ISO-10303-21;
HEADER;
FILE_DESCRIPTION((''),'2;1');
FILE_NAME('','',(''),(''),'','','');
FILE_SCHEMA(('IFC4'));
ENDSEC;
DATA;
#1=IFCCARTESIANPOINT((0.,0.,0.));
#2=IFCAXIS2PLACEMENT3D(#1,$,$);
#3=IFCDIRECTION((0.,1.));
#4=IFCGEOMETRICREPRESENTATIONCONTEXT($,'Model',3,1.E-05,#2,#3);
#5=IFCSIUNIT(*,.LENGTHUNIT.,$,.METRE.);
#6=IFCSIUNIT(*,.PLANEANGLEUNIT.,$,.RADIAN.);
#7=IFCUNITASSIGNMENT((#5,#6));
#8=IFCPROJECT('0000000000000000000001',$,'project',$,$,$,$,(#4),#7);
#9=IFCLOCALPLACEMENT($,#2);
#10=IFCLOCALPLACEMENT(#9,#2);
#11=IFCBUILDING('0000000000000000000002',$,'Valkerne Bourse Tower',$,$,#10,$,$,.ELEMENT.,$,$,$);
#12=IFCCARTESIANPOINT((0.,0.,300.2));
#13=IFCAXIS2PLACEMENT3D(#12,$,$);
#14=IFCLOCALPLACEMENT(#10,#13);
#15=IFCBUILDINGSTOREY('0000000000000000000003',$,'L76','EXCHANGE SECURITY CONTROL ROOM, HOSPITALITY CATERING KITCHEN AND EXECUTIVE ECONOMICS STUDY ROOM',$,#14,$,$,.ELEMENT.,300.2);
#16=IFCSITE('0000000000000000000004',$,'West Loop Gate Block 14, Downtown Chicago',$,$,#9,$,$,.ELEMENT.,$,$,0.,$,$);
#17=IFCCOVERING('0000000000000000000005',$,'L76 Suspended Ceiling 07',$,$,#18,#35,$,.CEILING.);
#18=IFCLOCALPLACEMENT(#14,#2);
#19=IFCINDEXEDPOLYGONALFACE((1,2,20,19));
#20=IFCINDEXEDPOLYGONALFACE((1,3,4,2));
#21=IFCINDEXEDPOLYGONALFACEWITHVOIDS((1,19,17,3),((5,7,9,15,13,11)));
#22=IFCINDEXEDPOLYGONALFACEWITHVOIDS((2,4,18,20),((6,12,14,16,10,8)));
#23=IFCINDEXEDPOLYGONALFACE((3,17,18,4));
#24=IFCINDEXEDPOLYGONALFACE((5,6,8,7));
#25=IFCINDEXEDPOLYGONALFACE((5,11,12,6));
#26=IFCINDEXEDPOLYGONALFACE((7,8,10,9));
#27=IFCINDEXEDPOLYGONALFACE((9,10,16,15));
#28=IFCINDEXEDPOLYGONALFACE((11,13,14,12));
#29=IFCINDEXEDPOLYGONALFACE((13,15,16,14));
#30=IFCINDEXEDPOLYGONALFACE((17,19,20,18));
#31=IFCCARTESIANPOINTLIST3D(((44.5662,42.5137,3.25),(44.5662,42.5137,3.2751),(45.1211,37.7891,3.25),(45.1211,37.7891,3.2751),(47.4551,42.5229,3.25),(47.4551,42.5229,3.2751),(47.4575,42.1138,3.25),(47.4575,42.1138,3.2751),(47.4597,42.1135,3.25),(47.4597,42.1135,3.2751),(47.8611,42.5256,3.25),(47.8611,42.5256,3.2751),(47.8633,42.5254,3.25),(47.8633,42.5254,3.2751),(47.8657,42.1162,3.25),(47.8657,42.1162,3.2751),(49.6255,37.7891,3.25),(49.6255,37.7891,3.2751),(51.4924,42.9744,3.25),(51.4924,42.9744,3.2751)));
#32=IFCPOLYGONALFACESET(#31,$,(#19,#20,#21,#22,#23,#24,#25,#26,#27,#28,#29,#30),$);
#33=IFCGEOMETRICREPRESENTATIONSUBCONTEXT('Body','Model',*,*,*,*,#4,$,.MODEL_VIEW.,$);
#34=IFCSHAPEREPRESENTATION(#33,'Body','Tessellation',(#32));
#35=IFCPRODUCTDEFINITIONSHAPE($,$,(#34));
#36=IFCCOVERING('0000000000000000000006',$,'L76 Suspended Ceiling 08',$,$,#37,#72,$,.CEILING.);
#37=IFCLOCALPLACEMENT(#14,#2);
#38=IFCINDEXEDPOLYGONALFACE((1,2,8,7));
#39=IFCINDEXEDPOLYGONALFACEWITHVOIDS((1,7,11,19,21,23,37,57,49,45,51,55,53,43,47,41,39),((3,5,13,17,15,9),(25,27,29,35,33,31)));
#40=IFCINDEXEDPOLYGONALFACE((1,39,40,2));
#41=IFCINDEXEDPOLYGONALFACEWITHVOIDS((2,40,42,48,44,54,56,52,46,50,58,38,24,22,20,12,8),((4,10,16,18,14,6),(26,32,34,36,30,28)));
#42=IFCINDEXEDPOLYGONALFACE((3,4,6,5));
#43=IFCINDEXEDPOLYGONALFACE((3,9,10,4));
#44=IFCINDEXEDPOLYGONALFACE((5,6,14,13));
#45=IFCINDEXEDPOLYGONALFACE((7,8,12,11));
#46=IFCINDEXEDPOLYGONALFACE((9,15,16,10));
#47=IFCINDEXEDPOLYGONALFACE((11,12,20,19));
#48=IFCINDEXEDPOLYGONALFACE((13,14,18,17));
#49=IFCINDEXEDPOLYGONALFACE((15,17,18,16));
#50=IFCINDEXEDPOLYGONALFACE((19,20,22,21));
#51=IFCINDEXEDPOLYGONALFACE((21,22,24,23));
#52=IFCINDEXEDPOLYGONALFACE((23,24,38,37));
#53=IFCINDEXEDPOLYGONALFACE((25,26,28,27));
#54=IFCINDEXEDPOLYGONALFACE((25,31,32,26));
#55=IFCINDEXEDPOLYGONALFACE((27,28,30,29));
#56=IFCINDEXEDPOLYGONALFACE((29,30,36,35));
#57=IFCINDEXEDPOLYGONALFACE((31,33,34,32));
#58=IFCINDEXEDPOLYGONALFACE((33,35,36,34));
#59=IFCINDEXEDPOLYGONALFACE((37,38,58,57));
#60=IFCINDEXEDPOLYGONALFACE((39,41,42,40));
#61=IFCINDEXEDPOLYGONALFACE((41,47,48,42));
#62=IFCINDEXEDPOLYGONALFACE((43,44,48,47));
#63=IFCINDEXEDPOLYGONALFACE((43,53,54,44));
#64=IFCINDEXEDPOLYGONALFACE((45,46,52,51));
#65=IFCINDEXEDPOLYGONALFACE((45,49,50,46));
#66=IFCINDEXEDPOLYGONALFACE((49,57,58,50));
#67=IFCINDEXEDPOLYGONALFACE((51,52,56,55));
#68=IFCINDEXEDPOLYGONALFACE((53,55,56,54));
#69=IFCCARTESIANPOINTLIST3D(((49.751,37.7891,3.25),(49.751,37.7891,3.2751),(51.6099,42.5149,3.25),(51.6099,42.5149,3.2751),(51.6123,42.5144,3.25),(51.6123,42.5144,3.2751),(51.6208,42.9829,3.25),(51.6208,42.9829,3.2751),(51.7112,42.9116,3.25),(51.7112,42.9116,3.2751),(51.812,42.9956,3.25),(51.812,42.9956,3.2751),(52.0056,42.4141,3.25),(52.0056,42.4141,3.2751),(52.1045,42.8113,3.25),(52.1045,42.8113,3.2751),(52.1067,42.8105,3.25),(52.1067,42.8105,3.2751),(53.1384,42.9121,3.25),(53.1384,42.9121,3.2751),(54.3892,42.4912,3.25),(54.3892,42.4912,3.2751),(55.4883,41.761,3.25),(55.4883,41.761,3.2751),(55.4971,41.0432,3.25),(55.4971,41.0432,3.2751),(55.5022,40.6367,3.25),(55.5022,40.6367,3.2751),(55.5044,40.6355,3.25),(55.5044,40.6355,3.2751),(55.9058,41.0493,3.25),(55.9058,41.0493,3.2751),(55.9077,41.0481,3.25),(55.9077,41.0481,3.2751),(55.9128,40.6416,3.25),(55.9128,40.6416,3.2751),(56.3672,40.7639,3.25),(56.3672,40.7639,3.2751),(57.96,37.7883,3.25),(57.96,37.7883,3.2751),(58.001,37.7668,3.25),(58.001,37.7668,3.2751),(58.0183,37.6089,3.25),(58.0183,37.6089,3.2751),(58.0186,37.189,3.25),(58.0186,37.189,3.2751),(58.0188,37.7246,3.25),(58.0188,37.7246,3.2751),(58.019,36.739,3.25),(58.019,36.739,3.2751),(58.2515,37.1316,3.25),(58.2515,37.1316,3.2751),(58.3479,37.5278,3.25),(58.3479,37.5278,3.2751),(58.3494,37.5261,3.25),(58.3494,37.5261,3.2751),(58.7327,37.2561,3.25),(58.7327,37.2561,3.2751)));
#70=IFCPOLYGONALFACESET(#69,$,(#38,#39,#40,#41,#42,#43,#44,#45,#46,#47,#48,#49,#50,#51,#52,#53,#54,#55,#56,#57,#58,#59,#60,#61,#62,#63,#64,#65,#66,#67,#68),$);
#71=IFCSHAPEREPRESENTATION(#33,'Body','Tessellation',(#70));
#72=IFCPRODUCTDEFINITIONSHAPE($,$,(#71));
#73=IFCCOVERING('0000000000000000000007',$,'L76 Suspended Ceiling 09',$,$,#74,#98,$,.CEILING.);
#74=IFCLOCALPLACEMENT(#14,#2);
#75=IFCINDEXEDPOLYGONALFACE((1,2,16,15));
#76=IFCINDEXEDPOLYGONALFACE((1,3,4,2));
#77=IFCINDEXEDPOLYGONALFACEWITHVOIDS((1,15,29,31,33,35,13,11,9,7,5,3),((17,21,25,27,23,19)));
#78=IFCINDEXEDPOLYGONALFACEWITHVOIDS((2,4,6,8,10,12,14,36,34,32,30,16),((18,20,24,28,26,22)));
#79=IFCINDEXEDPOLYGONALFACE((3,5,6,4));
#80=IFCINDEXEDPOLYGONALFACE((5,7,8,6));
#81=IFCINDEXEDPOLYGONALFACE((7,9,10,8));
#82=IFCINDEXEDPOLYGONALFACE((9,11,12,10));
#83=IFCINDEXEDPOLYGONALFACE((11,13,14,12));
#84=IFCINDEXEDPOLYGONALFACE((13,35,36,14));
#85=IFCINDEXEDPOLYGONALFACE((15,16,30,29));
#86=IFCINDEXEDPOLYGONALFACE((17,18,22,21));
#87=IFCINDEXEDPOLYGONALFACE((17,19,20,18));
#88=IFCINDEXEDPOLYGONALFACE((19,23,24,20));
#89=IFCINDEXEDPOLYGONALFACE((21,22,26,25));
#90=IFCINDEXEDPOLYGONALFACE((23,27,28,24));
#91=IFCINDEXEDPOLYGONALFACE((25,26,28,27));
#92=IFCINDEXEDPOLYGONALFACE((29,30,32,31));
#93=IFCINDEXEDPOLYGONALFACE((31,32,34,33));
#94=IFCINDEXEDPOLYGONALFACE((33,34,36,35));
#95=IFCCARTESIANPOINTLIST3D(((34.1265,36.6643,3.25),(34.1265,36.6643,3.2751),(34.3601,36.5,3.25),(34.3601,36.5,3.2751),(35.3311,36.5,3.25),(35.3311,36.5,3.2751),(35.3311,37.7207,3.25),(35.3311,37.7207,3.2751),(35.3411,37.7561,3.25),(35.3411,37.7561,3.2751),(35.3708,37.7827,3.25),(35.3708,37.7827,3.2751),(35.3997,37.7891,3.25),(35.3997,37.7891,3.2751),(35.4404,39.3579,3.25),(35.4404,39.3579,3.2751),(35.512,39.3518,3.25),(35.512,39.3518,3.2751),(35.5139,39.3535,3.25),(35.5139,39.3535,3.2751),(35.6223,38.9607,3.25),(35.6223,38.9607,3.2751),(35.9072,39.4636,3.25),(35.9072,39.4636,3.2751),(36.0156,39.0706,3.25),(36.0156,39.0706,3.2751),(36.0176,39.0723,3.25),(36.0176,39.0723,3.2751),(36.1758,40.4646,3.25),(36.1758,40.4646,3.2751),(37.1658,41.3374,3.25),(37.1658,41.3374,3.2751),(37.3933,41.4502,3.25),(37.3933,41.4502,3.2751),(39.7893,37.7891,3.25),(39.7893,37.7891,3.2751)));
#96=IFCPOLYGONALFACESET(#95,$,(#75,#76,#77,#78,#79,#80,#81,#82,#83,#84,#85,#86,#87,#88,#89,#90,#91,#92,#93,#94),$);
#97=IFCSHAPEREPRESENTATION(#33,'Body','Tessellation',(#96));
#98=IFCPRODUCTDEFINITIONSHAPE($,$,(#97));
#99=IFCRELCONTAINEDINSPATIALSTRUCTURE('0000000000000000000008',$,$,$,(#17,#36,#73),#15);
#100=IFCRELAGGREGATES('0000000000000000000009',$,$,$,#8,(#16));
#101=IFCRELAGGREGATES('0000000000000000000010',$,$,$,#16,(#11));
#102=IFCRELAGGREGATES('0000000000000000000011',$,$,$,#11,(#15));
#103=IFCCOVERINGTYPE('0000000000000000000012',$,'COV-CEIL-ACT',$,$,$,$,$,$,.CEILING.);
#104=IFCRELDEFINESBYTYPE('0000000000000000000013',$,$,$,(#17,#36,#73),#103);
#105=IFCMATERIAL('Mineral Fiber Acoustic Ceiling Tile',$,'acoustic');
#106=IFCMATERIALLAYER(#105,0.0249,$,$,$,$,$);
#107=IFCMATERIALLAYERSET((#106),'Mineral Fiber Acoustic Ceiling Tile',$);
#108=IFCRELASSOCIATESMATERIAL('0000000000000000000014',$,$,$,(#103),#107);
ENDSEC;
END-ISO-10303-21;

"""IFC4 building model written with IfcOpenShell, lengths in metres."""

from ifc_helpers import new_model, si_unit, direction, frame, origin, place, context, subcontext, project, spatial, polyline, outline, extrude, material, layer, layer_set, type_object, element, save


model = new_model("IFC4")

# Units and contexts
model_context = context("Model", 3, precision=1e-05, world=origin(), true_north=direction((0.0, 1.0)))
body_context = subcontext(model_context, "Body", "Model", "MODEL_VIEW")
ifc_project = project(units=[si_unit("LENGTHUNIT", "METRE"), si_unit("PLANEANGLEUNIT", "RADIAN")], contexts=[model_context])

# Site, building, storey
site_placement = place(None, origin())
site = spatial("IfcSite", under=ifc_project, at=site_placement, Name="West Loop Gate Block 14, Downtown Chicago", CompositionType="ELEMENT", RefElevation=0.0)
building_placement = place(site_placement, origin())
building = spatial("IfcBuilding", under=site, at=building_placement, Name="Valkerne Bourse Tower", CompositionType="ELEMENT")
storey_placement = place(building_placement, frame((0.0, 0.0, 300.2)))
storey = spatial("IfcBuildingStorey", under=building, at=storey_placement, Name="L76", Description="EXCHANGE SECURITY CONTROL ROOM, HOSPITALITY CATERING KITCHEN AND EXECUTIVE ECONOMICS STUDY ROOM", CompositionType="ELEMENT", Elevation=300.2)

# Coverings
ifc_material_1 = material(Name="Mineral Fiber Acoustic Ceiling Tile", Category="acoustic")
ifc_layer_1 = layer(ifc_material_1, 0.0249)
ifc_layer_set_1 = layer_set([ifc_layer_1], Name="Mineral Fiber Acoustic Ceiling Tile")
covering_type_1 = type_object("IfcCoveringType", Name="COV-CEIL-ACT", PredefinedType="CEILING", material=ifc_layer_set_1)
covering_1_placement = place(storey_placement, frame((0.0, 0.0, 3.25)))
element("IfcCovering", 1, at=covering_1_placement, inside=storey, type_object=covering_type_1, Name="L76 Suspended Ceiling 07", PredefinedType="CEILING", context=body_context, shape_type="SweptSolid", body=[
    extrude(outline(polyline([(45.1211, 37.7891), (44.5662, 42.5137), (51.4924, 42.9744), (49.6255, 37.7891), (45.1211, 37.7891)]), holes=[polyline([(47.8633, 42.5254), (47.8611, 42.5256), (47.4551, 42.5229), (47.4575, 42.1138), (47.4597, 42.1135), (47.8657, 42.1162), (47.8633, 42.5254)])]), origin(), (0.0, 0.0, 1.0), 0.0251),
])
covering_2_placement = place(storey_placement, frame((0.0, 0.0, 3.25)))
element("IfcCovering", 2, at=covering_2_placement, inside=storey, type_object=covering_type_1, Name="L76 Suspended Ceiling 08", PredefinedType="CEILING", context=body_context, shape_type="SweptSolid", body=[
    extrude(outline(polyline([(54.3892, 42.4912), (55.4883, 41.761), (56.3672, 40.7639), (58.7327, 37.2561), (58.019, 36.739), (58.0186, 37.189), (58.2515, 37.1316), (58.3494, 37.5261), (58.3479, 37.5278), (58.0183, 37.6089), (58.0188, 37.7246), (58.001, 37.7668), (57.96, 37.7883), (49.751, 37.7891), (51.6208, 42.9829), (51.812, 42.9956), (53.1384, 42.9121), (54.3892, 42.4912)]), holes=[polyline([(55.9077, 41.0481), (55.9058, 41.0493), (55.4971, 41.0432), (55.5022, 40.6367), (55.5044, 40.6355), (55.9128, 40.6416), (55.9077, 41.0481)]), polyline([(52.1067, 42.8105), (52.1045, 42.8113), (51.7112, 42.9116), (51.6099, 42.5149), (51.6123, 42.5144), (52.0056, 42.4141), (52.1067, 42.8105)])]), origin(), (0.0, 0.0, 1.0), 0.0251),
])
covering_3_placement = place(storey_placement, frame((0.0, 0.0, 3.25)))
element("IfcCovering", 3, at=covering_3_placement, inside=storey, type_object=covering_type_1, Name="L76 Suspended Ceiling 09", PredefinedType="CEILING", context=body_context, shape_type="SweptSolid", body=[
    extrude(outline(polyline([(37.1658, 41.3374), (37.3933, 41.4502), (39.7893, 37.7891), (35.3997, 37.7891), (35.3708, 37.7827), (35.3411, 37.7561), (35.3311, 37.7207), (35.3311, 36.5), (34.3601, 36.5), (34.1265, 36.6643), (35.4404, 39.3579), (36.1758, 40.4646), (37.1658, 41.3374)]), holes=[polyline([(36.0156, 39.0706), (36.0176, 39.0723), (35.9072, 39.4636), (35.5139, 39.3535), (35.512, 39.3518), (35.6223, 38.9607), (36.0156, 39.0706)])]), origin(), (0.0, 0.0, 1.0), 0.0251),
])

save(model, "model.ifc")
